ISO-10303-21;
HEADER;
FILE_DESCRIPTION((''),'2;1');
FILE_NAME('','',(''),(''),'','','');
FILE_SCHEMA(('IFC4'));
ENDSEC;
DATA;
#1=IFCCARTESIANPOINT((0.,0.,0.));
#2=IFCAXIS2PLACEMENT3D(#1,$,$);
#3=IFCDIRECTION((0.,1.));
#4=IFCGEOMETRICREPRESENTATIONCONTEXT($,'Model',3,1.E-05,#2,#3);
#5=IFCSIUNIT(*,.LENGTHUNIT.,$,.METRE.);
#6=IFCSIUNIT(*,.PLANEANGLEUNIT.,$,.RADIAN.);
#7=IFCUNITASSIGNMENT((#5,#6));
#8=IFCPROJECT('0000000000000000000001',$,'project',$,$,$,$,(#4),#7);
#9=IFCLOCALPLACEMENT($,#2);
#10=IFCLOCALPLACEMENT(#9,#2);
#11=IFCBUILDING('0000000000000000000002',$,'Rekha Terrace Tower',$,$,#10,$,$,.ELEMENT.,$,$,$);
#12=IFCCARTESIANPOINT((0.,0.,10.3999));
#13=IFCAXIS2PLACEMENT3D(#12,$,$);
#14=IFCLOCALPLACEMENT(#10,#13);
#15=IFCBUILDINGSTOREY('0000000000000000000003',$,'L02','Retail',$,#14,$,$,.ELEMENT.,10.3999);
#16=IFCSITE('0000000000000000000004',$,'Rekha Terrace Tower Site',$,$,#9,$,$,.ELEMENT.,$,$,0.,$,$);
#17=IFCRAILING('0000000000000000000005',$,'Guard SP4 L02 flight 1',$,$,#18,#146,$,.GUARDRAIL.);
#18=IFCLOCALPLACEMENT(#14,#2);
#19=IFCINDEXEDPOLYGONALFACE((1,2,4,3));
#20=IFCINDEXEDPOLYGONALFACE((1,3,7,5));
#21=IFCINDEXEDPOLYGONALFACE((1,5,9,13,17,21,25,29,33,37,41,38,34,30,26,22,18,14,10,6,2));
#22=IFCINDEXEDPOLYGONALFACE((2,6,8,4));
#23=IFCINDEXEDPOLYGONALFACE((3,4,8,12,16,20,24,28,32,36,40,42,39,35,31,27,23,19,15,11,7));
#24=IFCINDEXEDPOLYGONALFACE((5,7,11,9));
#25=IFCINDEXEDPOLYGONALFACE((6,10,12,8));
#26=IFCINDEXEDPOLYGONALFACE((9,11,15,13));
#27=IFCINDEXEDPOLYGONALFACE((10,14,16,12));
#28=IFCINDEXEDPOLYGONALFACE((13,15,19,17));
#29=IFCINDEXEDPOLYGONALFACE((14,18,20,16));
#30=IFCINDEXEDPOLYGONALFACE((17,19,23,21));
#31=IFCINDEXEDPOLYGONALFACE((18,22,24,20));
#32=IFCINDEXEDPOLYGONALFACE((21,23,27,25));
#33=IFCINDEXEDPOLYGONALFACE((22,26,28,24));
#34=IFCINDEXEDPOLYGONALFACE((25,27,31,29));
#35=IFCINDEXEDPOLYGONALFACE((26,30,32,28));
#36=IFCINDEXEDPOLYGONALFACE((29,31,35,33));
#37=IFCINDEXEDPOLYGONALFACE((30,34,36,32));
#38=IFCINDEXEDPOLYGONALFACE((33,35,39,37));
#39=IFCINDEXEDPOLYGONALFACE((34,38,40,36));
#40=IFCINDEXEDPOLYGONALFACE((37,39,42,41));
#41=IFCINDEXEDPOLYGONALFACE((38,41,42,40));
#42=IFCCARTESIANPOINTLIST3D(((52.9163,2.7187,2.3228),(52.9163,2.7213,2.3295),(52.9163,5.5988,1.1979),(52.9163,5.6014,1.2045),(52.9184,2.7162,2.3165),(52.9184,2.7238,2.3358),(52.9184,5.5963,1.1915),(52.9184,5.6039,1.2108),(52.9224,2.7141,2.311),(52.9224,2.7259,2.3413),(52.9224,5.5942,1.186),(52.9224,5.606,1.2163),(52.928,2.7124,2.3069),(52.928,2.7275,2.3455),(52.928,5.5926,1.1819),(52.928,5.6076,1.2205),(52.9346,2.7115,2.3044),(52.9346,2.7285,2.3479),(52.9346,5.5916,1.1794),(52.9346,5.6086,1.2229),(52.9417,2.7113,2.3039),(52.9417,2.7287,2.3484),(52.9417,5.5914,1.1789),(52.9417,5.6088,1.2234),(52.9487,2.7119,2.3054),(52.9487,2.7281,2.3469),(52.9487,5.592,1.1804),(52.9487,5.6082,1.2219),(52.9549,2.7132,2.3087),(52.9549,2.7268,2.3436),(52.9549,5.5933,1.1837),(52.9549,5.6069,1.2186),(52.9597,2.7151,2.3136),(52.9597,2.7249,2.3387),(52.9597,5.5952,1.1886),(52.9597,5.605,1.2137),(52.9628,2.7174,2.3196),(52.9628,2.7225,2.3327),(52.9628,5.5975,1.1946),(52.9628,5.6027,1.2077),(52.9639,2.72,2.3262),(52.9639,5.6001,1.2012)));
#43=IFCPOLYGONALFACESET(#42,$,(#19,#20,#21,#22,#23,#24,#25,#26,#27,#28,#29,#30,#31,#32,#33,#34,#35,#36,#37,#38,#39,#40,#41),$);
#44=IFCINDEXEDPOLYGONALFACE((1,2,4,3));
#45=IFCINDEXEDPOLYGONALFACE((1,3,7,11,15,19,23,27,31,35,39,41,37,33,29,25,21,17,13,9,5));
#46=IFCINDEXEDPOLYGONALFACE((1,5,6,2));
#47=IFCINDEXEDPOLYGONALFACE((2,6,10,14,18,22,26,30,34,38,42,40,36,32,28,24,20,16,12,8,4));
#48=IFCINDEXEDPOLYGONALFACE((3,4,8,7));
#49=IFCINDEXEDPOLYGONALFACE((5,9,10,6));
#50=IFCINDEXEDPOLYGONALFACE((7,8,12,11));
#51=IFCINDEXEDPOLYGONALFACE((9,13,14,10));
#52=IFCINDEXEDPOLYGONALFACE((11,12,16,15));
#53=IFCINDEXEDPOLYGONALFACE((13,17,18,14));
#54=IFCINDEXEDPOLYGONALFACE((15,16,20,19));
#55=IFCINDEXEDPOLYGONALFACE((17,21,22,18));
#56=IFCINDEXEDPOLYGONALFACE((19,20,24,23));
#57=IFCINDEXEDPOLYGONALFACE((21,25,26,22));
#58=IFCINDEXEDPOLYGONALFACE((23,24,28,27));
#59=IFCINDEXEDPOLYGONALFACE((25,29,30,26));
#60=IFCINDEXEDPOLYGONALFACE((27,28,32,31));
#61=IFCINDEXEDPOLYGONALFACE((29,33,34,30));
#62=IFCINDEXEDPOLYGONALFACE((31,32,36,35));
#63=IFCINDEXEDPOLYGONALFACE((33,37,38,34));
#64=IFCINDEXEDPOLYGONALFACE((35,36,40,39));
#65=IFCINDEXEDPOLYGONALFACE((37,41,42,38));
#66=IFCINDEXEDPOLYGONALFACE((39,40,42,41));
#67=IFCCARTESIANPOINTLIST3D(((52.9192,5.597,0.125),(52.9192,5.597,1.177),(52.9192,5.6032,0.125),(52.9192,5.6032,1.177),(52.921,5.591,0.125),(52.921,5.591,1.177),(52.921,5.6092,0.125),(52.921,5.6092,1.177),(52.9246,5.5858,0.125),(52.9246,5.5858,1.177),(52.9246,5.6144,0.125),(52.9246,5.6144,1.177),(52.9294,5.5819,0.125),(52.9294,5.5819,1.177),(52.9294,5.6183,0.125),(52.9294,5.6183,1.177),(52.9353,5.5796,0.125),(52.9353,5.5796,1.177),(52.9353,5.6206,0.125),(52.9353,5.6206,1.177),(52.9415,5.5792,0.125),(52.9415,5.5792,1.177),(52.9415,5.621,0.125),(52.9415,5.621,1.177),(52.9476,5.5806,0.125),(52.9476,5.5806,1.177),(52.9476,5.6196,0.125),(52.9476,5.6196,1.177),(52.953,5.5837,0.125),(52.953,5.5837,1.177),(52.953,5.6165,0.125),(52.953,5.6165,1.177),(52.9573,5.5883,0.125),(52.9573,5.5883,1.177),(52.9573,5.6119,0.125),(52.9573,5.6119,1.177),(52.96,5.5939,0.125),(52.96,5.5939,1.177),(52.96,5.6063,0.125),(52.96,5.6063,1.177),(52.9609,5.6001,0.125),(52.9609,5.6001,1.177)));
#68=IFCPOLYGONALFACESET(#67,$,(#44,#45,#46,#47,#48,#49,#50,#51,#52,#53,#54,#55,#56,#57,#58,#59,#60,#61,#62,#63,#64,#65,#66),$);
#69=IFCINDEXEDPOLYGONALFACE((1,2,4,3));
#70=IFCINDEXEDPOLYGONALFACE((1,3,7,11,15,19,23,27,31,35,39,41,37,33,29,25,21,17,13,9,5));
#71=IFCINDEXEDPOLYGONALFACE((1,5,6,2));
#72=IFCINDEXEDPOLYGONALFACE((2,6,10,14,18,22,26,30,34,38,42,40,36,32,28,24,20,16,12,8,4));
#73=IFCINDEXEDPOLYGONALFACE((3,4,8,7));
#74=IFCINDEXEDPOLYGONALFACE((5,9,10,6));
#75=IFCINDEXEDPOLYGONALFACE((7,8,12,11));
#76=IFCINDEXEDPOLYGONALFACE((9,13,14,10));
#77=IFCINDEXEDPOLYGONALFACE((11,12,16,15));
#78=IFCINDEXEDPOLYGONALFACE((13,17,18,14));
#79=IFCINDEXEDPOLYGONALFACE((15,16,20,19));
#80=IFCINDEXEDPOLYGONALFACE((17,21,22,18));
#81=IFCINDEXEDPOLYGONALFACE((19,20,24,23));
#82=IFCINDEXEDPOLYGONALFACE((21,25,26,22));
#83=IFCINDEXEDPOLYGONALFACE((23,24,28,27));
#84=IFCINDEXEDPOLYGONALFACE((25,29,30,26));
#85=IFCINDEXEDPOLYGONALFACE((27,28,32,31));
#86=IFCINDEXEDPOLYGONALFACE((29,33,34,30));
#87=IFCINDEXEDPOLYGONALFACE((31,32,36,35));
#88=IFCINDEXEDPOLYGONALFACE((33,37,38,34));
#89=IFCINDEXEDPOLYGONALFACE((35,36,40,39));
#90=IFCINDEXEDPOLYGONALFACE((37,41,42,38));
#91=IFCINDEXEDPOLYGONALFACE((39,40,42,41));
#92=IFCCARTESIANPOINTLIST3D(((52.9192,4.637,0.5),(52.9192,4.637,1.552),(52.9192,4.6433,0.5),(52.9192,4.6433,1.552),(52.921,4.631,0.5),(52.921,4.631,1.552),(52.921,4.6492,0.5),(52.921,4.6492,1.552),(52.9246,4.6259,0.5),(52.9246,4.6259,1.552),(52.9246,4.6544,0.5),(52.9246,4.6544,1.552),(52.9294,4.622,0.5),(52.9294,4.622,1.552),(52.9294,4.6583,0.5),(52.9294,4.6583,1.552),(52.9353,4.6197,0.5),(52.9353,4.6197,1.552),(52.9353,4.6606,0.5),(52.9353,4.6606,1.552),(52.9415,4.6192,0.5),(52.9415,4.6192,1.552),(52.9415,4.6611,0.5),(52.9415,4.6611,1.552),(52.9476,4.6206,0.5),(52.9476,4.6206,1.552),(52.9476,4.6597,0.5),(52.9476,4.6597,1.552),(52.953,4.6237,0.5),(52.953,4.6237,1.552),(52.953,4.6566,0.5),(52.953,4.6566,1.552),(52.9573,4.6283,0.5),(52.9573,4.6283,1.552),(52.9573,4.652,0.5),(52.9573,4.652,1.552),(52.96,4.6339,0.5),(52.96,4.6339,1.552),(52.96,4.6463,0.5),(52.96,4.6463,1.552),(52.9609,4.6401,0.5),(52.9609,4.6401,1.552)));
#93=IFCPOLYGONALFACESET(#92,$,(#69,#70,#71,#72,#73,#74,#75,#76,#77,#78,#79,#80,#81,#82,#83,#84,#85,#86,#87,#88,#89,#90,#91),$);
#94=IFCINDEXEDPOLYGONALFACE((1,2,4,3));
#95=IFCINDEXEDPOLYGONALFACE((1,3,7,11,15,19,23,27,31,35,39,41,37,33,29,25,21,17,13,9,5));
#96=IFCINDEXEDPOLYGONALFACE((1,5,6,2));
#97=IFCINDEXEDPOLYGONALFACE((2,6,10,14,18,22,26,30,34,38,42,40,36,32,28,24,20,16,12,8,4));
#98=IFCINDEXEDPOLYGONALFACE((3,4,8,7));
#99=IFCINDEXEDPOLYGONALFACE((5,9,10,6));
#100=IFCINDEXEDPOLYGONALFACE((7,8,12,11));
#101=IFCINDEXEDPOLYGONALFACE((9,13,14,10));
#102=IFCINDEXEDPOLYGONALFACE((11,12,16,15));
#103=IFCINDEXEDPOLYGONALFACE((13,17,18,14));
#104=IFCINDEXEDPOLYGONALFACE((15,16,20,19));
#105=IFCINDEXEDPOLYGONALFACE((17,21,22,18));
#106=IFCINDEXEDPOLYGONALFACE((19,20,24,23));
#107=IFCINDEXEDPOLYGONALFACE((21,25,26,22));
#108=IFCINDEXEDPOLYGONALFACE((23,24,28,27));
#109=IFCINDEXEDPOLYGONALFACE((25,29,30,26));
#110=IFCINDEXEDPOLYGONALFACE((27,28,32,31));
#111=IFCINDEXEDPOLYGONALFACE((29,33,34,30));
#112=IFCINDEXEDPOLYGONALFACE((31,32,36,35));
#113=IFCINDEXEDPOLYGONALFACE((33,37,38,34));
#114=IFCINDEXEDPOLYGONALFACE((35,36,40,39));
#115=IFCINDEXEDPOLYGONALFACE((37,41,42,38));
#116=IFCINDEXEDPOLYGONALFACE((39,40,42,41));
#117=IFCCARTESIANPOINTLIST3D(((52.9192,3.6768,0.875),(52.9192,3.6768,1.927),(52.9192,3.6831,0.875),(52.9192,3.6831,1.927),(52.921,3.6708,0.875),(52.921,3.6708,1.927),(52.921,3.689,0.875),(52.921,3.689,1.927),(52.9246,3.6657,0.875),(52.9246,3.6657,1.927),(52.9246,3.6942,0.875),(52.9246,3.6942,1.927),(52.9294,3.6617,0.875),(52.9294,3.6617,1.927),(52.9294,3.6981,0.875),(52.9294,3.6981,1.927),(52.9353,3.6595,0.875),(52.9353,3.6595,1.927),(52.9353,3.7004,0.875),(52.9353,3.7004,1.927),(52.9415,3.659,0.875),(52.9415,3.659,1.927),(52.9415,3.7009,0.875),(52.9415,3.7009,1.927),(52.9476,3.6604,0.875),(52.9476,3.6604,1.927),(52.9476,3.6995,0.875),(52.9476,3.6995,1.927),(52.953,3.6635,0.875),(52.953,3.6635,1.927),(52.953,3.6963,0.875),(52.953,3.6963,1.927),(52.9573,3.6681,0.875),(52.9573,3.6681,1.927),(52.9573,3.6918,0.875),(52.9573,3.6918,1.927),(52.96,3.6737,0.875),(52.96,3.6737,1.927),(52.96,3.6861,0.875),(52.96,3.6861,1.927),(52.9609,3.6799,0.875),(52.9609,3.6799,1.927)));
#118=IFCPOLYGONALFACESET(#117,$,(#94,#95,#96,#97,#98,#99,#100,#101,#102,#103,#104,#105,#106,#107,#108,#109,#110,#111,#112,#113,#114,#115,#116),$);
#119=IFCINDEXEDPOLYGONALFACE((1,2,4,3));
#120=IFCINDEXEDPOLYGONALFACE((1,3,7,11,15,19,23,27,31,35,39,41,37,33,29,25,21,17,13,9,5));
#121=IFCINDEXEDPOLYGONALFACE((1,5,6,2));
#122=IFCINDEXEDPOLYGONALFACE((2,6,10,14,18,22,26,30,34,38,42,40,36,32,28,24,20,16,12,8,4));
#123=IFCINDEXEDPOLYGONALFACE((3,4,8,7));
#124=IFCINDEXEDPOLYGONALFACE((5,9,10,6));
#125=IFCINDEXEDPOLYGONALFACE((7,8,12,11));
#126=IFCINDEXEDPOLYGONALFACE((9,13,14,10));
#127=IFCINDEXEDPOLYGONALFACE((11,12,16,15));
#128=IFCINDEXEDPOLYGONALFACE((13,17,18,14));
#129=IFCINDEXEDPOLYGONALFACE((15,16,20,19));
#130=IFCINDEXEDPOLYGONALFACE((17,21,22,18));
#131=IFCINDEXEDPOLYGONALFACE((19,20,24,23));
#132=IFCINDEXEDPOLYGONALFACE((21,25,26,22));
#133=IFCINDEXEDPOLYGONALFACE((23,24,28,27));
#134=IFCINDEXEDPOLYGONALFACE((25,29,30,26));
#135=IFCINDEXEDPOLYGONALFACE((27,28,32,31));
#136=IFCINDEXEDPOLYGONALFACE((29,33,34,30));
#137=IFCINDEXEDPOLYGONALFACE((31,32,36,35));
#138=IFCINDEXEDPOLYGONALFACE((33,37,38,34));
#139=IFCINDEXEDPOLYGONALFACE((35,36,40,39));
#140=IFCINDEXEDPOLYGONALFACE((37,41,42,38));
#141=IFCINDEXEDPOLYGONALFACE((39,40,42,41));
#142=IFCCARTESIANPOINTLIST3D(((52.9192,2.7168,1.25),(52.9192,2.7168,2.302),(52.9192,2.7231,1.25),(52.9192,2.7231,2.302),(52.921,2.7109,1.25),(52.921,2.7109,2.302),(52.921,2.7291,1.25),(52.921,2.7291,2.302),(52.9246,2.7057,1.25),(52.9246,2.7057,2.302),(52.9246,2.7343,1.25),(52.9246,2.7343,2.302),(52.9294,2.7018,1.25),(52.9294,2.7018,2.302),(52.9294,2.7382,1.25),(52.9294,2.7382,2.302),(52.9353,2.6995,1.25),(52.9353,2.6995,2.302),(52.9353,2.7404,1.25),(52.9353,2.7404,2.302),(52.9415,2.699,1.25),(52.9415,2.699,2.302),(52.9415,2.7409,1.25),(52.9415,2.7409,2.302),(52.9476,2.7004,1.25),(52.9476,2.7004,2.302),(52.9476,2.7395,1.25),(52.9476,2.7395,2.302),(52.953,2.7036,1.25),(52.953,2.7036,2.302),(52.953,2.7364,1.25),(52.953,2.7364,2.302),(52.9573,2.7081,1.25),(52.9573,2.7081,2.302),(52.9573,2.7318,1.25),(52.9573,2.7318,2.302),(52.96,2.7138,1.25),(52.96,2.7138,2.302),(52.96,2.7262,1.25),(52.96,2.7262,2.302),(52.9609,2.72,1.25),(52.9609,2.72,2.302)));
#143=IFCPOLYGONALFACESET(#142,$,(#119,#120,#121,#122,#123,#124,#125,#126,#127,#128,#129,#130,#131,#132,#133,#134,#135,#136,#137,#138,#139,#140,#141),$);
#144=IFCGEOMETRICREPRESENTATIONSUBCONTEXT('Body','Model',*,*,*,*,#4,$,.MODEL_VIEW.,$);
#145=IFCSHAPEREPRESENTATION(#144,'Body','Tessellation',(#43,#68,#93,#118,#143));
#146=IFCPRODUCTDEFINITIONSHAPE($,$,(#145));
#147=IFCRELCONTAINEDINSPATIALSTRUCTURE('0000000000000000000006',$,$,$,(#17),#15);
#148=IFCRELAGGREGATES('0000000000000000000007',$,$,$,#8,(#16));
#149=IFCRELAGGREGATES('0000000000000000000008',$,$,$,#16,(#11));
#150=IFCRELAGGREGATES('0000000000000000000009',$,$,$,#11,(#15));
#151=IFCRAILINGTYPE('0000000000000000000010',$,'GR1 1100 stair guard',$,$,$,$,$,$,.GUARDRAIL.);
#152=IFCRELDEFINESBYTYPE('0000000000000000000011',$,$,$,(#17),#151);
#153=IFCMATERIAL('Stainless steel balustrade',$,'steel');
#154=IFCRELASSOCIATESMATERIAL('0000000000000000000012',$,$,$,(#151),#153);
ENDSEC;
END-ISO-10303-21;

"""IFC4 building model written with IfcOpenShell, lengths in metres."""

from ifc_helpers import new_model, si_unit, direction, frame, origin, origin_2d, place, context, subcontext, project, spatial, circle, extrude, material, type_object, element, save


model = new_model("IFC4")

# Units and contexts
model_context = context("Model", 3, precision=1e-05, world=origin(), true_north=direction((0.0, 1.0)))
body_context = subcontext(model_context, "Body", "Model", "MODEL_VIEW")
ifc_project = project(units=[si_unit("LENGTHUNIT", "METRE"), si_unit("PLANEANGLEUNIT", "RADIAN")], contexts=[model_context])

# Site, building, storey
site_placement = place(None, origin())
site = spatial("IfcSite", under=ifc_project, at=site_placement, Name="Rekha Terrace Tower Site", CompositionType="ELEMENT", RefElevation=0.0)
building_placement = place(site_placement, origin())
building = spatial("IfcBuilding", under=site, at=building_placement, Name="Rekha Terrace Tower", CompositionType="ELEMENT")
storey_placement = place(building_placement, frame((0.0, 0.0, 10.3999)))
storey = spatial("IfcBuildingStorey", under=building, at=storey_placement, Name="L02", Description="Retail", CompositionType="ELEMENT", Elevation=10.3999)

# Railing
ifc_material_1 = material(Name="Stainless steel balustrade", Category="steel")
railing_type_1 = type_object("IfcRailingType", Name="GR1 1100 stair guard", PredefinedType="GUARDRAIL", material=ifc_material_1)
railing_1_placement = place(storey_placement, frame((52.9399, 5.6001, 0.125)))
element("IfcRailing", 1, at=railing_1_placement, inside=storey, type_object=railing_type_1, Name="Guard SP4 L02 flight 1", PredefinedType="GUARDRAIL", context=body_context, shape_type="SweptSolid", body=[
    extrude(circle(Radius=0.0239, at=origin_2d()), frame((0.0, 0.0, 1.0762), z_axis=(0.0, -0.931463, 0.363837), x_axis=(1.0, 0.0, 0.0)), (0.0, 0.0, 1.0), 3.092),
    extrude(circle(Radius=0.021, at=origin_2d()), origin(), (0.0, 0.0, 1.0), 1.052),
    extrude(circle(Radius=0.021, at=origin_2d()), frame((0.0, -0.96, 0.375)), (0.0, 0.0, 1.0), 1.052),
    extrude(circle(Radius=0.021, at=origin_2d()), frame((0.0, -1.9202, 0.75)), (0.0, 0.0, 1.0), 1.052),
    extrude(circle(Radius=0.021, at=origin_2d()), frame((0.0, -2.8801, 1.125)), (0.0, 0.0, 1.0), 1.052),
])

save(model, "model.ifc")
